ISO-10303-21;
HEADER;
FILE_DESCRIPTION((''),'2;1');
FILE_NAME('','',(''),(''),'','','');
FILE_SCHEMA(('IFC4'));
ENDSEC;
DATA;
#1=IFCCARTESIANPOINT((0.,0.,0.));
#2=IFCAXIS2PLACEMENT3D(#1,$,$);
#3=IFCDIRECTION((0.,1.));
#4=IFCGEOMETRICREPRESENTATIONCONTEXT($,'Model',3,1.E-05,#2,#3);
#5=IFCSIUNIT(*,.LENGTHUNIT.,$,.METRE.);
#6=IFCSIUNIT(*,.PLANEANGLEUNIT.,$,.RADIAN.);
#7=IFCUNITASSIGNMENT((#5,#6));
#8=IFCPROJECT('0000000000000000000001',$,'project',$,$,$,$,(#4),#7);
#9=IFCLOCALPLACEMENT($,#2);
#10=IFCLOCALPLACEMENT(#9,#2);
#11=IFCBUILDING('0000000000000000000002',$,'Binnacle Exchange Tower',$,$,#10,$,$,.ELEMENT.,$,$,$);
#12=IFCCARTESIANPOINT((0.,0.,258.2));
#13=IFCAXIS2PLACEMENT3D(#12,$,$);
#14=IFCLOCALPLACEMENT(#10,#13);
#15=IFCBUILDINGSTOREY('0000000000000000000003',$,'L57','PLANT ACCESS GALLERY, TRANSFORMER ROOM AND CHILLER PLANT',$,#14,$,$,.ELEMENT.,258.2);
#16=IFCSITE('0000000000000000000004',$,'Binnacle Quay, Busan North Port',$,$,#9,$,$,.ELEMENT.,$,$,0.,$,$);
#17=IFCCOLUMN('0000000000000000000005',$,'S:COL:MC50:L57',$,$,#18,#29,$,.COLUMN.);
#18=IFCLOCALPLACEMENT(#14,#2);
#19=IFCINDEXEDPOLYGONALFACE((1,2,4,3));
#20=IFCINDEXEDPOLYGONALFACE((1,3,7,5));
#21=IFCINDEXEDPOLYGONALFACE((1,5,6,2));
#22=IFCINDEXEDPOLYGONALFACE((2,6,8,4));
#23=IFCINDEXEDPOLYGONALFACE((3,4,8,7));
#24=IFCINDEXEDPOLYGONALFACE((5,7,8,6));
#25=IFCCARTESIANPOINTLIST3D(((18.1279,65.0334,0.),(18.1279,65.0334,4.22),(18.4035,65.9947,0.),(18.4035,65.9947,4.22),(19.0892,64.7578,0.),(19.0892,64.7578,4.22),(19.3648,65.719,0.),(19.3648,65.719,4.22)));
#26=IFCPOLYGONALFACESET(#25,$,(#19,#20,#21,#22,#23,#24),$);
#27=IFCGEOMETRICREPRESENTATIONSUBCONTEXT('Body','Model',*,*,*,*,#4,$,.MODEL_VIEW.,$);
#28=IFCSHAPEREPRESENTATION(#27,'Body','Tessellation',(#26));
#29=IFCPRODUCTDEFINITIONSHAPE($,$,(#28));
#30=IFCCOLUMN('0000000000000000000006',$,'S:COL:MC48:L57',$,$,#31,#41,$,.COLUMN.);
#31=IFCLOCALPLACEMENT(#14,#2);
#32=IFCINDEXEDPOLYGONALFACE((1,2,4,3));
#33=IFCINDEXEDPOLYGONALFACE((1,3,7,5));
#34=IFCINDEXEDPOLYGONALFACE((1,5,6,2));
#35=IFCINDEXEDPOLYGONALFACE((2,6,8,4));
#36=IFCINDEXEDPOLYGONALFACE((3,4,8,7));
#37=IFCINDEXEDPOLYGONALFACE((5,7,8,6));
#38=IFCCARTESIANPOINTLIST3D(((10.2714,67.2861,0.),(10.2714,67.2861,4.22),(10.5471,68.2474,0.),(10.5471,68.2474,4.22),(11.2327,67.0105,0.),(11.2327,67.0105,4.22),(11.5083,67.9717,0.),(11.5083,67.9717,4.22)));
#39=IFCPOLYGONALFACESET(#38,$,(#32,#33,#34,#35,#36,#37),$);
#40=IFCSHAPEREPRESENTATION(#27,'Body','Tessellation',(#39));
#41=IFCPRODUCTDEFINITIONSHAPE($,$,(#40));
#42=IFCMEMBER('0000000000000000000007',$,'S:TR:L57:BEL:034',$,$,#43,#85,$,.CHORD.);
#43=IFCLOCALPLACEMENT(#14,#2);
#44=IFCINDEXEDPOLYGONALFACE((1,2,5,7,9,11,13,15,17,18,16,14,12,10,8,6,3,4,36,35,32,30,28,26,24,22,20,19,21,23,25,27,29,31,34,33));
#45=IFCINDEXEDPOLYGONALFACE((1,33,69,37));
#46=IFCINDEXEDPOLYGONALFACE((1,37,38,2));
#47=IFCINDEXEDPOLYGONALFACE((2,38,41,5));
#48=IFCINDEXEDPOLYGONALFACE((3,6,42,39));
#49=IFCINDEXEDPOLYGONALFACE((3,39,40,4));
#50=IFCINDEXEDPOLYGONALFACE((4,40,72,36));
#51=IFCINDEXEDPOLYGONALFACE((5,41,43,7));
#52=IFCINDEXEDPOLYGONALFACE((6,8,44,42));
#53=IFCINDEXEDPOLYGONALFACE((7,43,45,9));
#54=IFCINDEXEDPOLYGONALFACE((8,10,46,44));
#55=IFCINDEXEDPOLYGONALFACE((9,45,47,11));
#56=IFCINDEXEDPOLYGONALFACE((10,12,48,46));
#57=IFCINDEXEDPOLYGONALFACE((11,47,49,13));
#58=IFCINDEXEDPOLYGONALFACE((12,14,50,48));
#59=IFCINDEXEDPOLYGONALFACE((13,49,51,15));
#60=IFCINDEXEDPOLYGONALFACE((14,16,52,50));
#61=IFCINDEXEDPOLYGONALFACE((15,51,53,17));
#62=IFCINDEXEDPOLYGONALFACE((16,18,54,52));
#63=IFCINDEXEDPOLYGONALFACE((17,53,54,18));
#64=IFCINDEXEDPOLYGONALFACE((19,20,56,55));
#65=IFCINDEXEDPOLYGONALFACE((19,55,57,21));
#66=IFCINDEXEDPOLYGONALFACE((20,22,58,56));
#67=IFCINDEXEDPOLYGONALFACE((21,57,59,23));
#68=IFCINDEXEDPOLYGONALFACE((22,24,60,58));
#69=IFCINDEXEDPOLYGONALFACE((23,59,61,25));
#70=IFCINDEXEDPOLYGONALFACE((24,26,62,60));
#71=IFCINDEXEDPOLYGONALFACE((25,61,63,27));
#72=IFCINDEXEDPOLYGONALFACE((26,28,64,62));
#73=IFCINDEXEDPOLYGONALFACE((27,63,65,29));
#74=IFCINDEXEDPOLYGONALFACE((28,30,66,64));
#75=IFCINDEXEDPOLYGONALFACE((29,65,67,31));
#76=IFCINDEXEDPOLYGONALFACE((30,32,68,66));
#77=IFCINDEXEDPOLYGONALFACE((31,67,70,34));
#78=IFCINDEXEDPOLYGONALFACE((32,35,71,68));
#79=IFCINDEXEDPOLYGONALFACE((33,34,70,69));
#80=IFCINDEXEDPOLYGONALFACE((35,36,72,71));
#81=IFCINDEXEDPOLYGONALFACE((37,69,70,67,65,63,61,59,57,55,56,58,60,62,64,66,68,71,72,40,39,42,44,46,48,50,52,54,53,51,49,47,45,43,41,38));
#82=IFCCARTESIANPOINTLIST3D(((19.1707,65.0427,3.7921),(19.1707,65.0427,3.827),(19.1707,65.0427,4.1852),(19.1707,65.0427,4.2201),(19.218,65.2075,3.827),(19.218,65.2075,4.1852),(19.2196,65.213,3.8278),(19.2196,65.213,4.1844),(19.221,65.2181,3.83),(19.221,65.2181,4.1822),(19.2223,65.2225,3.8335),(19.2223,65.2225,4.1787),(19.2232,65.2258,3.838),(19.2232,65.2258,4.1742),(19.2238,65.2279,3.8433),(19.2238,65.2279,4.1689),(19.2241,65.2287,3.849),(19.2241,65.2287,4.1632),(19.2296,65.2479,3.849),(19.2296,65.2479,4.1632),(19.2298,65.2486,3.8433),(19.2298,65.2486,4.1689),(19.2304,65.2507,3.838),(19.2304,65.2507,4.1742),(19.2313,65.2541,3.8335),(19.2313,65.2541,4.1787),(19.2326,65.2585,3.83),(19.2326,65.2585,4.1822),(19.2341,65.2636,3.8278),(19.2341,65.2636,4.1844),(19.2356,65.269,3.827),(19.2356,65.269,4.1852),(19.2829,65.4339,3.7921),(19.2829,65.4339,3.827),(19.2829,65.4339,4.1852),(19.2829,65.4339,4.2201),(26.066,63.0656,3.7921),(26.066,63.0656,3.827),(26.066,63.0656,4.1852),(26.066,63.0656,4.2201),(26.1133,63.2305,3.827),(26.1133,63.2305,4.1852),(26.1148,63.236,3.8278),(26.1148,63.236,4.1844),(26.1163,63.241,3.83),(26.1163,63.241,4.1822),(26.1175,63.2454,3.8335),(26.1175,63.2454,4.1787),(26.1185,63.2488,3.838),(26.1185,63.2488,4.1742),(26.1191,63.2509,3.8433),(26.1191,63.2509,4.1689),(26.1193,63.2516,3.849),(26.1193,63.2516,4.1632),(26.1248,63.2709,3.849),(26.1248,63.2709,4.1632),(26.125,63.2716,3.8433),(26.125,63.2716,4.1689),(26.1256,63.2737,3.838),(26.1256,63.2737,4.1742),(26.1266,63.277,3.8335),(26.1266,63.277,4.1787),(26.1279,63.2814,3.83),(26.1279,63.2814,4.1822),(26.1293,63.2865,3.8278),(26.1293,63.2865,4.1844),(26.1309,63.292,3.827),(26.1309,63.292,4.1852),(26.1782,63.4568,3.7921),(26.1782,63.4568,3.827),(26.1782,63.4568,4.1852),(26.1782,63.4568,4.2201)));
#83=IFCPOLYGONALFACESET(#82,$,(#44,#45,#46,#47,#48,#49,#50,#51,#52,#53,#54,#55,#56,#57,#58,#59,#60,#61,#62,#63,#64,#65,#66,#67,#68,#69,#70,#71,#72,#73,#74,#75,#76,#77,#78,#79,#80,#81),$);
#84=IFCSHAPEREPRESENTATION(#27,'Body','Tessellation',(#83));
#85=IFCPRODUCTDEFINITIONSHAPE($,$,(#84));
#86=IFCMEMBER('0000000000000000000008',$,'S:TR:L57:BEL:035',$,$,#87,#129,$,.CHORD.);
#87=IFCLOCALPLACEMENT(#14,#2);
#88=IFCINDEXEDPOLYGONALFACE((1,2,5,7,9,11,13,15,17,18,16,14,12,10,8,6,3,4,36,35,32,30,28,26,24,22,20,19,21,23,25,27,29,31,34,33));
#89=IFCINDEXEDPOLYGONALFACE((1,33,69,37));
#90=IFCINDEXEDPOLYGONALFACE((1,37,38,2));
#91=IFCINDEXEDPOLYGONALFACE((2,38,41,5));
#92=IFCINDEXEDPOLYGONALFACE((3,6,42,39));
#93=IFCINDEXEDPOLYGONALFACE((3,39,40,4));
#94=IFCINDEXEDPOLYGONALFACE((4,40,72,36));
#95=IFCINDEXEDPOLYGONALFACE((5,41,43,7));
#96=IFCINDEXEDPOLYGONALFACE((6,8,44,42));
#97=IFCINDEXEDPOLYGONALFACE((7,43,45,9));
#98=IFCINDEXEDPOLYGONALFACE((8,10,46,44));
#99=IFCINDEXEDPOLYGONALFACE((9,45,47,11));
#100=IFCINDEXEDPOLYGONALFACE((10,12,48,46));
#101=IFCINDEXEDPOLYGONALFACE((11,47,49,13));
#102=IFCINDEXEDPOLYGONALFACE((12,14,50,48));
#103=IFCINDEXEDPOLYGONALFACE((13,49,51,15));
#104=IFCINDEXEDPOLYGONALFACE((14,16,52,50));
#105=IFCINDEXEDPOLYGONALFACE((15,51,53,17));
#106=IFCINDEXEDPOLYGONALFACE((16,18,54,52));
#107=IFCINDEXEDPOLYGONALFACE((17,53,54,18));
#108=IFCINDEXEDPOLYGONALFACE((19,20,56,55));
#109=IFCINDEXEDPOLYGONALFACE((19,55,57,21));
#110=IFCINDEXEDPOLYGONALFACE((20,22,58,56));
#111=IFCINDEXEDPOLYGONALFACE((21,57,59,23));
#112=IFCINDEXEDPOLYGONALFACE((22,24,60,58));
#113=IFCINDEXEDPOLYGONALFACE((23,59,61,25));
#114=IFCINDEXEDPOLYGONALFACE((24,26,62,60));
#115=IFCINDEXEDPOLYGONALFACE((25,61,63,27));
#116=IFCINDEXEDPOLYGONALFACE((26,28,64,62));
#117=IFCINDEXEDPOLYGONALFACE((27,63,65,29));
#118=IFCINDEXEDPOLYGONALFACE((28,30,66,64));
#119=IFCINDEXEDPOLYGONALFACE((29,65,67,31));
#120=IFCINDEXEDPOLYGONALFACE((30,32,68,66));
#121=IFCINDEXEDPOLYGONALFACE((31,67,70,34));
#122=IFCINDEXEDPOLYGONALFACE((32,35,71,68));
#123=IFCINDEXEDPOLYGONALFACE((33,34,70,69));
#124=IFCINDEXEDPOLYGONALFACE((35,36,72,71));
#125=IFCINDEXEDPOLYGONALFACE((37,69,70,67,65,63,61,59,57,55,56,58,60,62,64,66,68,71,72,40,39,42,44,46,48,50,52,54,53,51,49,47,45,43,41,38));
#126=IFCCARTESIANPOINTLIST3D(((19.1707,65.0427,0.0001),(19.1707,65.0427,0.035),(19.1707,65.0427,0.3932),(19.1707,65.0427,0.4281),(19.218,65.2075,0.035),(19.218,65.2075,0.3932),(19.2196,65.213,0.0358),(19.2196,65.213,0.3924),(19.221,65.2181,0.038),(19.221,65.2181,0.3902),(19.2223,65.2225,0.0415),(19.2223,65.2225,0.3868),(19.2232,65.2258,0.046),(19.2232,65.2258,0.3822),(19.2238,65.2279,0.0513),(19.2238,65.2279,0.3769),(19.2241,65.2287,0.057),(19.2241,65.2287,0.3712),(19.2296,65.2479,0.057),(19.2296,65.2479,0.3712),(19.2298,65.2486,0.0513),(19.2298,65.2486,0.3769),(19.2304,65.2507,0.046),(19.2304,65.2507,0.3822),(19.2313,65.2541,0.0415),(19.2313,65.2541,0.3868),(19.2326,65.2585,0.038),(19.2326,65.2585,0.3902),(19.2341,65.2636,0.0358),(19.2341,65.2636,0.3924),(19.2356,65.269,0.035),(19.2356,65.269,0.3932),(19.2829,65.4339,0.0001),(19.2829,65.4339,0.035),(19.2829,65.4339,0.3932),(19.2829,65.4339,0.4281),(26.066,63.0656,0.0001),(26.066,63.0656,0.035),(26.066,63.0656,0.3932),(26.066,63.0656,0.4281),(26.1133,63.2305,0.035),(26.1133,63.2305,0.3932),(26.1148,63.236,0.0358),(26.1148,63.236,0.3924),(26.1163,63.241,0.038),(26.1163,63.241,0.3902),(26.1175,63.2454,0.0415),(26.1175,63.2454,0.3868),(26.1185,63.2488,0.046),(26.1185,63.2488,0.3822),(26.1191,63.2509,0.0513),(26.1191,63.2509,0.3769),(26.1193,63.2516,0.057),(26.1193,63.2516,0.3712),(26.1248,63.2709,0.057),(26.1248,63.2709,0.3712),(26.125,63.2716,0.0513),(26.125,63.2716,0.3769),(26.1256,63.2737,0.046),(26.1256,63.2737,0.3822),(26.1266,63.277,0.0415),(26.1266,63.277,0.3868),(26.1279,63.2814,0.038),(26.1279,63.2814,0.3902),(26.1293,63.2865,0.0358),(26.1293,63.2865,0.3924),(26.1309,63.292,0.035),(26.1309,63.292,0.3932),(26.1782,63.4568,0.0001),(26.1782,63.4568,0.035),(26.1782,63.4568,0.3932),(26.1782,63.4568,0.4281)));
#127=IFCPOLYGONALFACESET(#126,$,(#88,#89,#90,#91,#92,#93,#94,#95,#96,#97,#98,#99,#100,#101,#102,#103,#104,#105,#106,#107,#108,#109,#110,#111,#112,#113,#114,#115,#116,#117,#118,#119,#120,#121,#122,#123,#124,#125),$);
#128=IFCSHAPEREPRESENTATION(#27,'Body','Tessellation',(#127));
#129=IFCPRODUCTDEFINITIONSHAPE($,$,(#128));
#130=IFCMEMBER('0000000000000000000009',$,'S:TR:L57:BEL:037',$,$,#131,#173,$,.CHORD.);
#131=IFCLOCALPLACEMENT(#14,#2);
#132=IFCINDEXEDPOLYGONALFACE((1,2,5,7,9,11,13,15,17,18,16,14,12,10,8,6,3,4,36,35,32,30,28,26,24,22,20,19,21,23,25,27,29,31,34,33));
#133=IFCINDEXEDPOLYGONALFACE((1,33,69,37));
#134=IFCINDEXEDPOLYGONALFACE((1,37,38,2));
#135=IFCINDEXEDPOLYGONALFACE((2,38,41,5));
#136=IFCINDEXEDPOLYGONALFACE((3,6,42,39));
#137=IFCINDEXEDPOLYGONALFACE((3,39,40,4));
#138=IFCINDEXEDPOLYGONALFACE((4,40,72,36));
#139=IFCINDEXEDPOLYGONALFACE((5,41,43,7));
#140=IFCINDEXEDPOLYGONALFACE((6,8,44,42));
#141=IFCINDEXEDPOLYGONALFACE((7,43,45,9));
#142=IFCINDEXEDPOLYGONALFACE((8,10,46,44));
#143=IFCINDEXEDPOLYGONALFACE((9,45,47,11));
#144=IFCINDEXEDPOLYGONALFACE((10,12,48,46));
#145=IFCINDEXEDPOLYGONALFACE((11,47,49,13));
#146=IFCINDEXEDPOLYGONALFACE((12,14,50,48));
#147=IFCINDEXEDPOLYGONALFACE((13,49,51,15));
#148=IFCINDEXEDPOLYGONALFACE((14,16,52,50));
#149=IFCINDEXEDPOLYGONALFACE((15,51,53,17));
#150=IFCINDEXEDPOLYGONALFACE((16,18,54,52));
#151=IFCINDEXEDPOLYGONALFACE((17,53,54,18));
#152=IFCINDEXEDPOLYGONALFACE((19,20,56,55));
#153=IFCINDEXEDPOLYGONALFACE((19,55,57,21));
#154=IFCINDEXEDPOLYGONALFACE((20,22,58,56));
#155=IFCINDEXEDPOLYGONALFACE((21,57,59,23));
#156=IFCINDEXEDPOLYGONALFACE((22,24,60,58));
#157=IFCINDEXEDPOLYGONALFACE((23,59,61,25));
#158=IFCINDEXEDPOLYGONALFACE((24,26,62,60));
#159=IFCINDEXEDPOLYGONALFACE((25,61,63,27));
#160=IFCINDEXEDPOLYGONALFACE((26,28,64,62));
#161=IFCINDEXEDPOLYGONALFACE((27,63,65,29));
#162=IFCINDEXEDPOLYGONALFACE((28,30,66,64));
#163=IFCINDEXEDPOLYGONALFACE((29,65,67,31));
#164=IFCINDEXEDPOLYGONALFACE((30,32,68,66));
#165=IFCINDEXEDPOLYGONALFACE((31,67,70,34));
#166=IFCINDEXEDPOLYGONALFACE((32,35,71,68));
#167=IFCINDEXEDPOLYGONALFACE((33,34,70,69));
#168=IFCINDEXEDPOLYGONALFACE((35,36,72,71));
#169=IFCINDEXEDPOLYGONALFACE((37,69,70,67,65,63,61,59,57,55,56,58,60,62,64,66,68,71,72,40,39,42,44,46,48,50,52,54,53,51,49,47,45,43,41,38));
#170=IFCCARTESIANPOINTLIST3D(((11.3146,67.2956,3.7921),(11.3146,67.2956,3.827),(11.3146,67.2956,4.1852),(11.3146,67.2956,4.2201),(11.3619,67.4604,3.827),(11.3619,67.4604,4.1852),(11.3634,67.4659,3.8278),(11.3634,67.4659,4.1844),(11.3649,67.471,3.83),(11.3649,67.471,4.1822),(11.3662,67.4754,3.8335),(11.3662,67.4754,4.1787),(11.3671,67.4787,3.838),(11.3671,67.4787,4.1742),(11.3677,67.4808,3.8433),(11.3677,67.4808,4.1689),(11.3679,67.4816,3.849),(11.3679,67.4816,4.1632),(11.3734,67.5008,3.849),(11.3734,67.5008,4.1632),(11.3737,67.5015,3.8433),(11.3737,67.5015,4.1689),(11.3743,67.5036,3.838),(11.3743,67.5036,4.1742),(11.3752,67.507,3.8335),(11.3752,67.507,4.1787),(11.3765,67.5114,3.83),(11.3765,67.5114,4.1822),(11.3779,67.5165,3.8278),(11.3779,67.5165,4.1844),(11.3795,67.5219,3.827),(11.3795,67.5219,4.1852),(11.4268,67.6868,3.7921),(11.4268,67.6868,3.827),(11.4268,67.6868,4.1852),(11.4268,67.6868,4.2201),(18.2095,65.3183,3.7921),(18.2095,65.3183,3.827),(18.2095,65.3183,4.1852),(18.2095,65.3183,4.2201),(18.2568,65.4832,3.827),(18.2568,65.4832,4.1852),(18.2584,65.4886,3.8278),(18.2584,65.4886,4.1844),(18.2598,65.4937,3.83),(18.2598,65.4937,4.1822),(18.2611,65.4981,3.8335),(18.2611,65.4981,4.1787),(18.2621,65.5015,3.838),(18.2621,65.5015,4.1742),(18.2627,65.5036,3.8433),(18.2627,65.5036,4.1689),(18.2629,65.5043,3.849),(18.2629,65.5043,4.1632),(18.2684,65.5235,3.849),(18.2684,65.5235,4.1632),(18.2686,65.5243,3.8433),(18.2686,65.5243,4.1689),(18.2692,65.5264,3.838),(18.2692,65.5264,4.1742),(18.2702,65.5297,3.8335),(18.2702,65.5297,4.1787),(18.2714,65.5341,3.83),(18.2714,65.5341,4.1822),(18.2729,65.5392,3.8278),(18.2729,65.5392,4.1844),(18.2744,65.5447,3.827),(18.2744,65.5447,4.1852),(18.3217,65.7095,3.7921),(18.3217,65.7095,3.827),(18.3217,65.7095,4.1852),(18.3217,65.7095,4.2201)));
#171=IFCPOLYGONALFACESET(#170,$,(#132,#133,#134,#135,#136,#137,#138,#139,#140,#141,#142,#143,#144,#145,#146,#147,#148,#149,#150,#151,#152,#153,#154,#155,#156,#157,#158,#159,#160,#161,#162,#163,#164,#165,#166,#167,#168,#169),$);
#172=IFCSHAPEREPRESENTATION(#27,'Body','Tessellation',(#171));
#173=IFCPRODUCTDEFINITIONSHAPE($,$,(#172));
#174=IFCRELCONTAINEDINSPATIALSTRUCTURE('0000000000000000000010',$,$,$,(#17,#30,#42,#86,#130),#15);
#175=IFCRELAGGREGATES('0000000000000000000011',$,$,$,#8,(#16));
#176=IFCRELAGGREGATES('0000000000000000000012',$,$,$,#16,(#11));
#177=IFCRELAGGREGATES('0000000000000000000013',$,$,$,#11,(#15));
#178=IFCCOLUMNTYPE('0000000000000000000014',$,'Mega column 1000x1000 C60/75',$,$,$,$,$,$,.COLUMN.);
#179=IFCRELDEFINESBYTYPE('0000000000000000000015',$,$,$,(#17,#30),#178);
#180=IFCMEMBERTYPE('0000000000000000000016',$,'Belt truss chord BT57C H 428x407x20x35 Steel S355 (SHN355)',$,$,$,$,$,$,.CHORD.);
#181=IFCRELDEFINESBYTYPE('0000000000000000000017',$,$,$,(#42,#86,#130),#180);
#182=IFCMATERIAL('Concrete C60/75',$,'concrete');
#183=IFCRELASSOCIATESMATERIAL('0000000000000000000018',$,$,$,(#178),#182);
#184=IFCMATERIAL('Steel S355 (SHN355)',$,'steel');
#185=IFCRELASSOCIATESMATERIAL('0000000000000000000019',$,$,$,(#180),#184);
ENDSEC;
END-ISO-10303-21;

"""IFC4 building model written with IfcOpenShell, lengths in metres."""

from ifc_helpers import new_model, si_unit, direction, frame, origin, origin_2d, place, context, subcontext, project, spatial, rectangle, i_section, extrude, material, material_profile, profile_set, type_object, element, save


model = new_model("IFC4")

# Units and contexts
model_context = context("Model", 3, precision=1e-05, world=origin(), true_north=direction((0.0, 1.0)))
body_context = subcontext(model_context, "Body", "Model", "MODEL_VIEW")
ifc_project = project(units=[si_unit("LENGTHUNIT", "METRE"), si_unit("PLANEANGLEUNIT", "RADIAN")], contexts=[model_context])

# Site, building, storey
site_placement = place(None, origin())
site = spatial("IfcSite", under=ifc_project, at=site_placement, Name="Binnacle Quay, Busan North Port", CompositionType="ELEMENT", RefElevation=0.0)
building_placement = place(site_placement, origin())
building = spatial("IfcBuilding", under=site, at=building_placement, Name="Binnacle Exchange Tower", CompositionType="ELEMENT")
storey_placement = place(building_placement, frame((0.0, 0.0, 258.2)))
storey = spatial("IfcBuildingStorey", under=building, at=storey_placement, Name="L57", Description="PLANT ACCESS GALLERY, TRANSFORMER ROOM AND CHILLER PLANT", CompositionType="ELEMENT", Elevation=258.2)

# Columns
ifc_material_1 = material(Name="Concrete C60/75", Category="concrete")
ifc_material_profile_1 = material_profile(ifc_material_1, rectangle(XDim=1.0, YDim=1.0, at=origin_2d()), Name="Mega column 1000x1000 C60/75")
ifc_profile_set_1 = profile_set([ifc_material_profile_1], Name="Concrete C60/75")
column_type = type_object("IfcColumnType", Name="Mega column 1000x1000 C60/75", PredefinedType="COLUMN", material=ifc_profile_set_1)
for number, where, z_axis, x_axis, name in (
    (1, (18.7463, 65.3762, 0.0), (0.0, 0.0, 1.0), (-0.961262, 0.275637, 0.0), "S:COL:MC50:L57"),
    (2, (10.8899, 67.6289, 0.0), (0.0, 0.0, 1.0), (-0.961262, 0.275637, 0.0), "S:COL:MC48:L57"),
):
    element("IfcColumn", number, at=place(storey_placement, frame(where, z_axis=z_axis, x_axis=x_axis)), inside=storey, type_object=column_type, Name=name, PredefinedType="COLUMN", context=body_context, shape_type="SweptSolid", body=[
        extrude(rectangle(XDim=1.0, YDim=1.0, at=origin_2d()), origin(), (0.0, 0.0, 1.0), 4.22),
    ])

# Members
ifc_material_2 = material(Name="Steel S355 (SHN355)", Category="steel")
ifc_material_profile_2 = material_profile(ifc_material_2, i_section(OverallWidth=0.407, OverallDepth=0.428, WebThickness=0.02, FlangeThickness=0.0349, FilletRadius=0.022, at=origin_2d()), Name="H 428x407x20x35")
ifc_profile_set_2 = profile_set([ifc_material_profile_2], Name="Steel S355 (SHN355)")
member_type_1 = type_object("IfcMemberType", Name="Belt truss chord BT57C H 428x407x20x35 Steel S355 (SHN355)", PredefinedType="CHORD", material=ifc_profile_set_2)
for number, where, z_axis, x_axis, name in (
    (3, (26.1221, 63.2612, 4.0061), (-0.961267, 0.27562, 0.0), (-0.27562, -0.961267, 0.0), "S:TR:L57:BEL:034"),
    (4, (26.1221, 63.2612, 0.2141), (-0.961267, 0.27562, 0.0), (-0.27562, -0.961267, 0.0), "S:TR:L57:BEL:035"),
):
    element("IfcMember", number, at=place(storey_placement, frame(where, z_axis=z_axis, x_axis=x_axis)), inside=storey, type_object=member_type_1, Name=name, PredefinedType="CHORD", context=body_context, shape_type="SweptSolid", body=[
        extrude(i_section(OverallWidth=0.407, OverallDepth=0.428, WebThickness=0.02, FlangeThickness=0.0349, FilletRadius=0.022, at=origin_2d()), origin(), (0.0, 0.0, 1.0), 7.1731),
    ])
for number, where, z_axis, x_axis, name in (
    (5, (18.2656, 65.5139, 4.0061), (-0.961255, 0.275661, 0.0), (-0.275661, -0.961255, 0.0), "S:TR:L57:BEL:037"),
):
    element("IfcMember", number, at=place(storey_placement, frame(where, z_axis=z_axis, x_axis=x_axis)), inside=storey, type_object=member_type_1, Name=name, PredefinedType="CHORD", context=body_context, shape_type="SweptSolid", body=[
        extrude(i_section(OverallWidth=0.407, OverallDepth=0.428, WebThickness=0.02, FlangeThickness=0.0349, FilletRadius=0.022, at=origin_2d()), origin(), (0.0, 0.0, 1.0), 7.1729),
    ])

save(model, "model.ifc")
